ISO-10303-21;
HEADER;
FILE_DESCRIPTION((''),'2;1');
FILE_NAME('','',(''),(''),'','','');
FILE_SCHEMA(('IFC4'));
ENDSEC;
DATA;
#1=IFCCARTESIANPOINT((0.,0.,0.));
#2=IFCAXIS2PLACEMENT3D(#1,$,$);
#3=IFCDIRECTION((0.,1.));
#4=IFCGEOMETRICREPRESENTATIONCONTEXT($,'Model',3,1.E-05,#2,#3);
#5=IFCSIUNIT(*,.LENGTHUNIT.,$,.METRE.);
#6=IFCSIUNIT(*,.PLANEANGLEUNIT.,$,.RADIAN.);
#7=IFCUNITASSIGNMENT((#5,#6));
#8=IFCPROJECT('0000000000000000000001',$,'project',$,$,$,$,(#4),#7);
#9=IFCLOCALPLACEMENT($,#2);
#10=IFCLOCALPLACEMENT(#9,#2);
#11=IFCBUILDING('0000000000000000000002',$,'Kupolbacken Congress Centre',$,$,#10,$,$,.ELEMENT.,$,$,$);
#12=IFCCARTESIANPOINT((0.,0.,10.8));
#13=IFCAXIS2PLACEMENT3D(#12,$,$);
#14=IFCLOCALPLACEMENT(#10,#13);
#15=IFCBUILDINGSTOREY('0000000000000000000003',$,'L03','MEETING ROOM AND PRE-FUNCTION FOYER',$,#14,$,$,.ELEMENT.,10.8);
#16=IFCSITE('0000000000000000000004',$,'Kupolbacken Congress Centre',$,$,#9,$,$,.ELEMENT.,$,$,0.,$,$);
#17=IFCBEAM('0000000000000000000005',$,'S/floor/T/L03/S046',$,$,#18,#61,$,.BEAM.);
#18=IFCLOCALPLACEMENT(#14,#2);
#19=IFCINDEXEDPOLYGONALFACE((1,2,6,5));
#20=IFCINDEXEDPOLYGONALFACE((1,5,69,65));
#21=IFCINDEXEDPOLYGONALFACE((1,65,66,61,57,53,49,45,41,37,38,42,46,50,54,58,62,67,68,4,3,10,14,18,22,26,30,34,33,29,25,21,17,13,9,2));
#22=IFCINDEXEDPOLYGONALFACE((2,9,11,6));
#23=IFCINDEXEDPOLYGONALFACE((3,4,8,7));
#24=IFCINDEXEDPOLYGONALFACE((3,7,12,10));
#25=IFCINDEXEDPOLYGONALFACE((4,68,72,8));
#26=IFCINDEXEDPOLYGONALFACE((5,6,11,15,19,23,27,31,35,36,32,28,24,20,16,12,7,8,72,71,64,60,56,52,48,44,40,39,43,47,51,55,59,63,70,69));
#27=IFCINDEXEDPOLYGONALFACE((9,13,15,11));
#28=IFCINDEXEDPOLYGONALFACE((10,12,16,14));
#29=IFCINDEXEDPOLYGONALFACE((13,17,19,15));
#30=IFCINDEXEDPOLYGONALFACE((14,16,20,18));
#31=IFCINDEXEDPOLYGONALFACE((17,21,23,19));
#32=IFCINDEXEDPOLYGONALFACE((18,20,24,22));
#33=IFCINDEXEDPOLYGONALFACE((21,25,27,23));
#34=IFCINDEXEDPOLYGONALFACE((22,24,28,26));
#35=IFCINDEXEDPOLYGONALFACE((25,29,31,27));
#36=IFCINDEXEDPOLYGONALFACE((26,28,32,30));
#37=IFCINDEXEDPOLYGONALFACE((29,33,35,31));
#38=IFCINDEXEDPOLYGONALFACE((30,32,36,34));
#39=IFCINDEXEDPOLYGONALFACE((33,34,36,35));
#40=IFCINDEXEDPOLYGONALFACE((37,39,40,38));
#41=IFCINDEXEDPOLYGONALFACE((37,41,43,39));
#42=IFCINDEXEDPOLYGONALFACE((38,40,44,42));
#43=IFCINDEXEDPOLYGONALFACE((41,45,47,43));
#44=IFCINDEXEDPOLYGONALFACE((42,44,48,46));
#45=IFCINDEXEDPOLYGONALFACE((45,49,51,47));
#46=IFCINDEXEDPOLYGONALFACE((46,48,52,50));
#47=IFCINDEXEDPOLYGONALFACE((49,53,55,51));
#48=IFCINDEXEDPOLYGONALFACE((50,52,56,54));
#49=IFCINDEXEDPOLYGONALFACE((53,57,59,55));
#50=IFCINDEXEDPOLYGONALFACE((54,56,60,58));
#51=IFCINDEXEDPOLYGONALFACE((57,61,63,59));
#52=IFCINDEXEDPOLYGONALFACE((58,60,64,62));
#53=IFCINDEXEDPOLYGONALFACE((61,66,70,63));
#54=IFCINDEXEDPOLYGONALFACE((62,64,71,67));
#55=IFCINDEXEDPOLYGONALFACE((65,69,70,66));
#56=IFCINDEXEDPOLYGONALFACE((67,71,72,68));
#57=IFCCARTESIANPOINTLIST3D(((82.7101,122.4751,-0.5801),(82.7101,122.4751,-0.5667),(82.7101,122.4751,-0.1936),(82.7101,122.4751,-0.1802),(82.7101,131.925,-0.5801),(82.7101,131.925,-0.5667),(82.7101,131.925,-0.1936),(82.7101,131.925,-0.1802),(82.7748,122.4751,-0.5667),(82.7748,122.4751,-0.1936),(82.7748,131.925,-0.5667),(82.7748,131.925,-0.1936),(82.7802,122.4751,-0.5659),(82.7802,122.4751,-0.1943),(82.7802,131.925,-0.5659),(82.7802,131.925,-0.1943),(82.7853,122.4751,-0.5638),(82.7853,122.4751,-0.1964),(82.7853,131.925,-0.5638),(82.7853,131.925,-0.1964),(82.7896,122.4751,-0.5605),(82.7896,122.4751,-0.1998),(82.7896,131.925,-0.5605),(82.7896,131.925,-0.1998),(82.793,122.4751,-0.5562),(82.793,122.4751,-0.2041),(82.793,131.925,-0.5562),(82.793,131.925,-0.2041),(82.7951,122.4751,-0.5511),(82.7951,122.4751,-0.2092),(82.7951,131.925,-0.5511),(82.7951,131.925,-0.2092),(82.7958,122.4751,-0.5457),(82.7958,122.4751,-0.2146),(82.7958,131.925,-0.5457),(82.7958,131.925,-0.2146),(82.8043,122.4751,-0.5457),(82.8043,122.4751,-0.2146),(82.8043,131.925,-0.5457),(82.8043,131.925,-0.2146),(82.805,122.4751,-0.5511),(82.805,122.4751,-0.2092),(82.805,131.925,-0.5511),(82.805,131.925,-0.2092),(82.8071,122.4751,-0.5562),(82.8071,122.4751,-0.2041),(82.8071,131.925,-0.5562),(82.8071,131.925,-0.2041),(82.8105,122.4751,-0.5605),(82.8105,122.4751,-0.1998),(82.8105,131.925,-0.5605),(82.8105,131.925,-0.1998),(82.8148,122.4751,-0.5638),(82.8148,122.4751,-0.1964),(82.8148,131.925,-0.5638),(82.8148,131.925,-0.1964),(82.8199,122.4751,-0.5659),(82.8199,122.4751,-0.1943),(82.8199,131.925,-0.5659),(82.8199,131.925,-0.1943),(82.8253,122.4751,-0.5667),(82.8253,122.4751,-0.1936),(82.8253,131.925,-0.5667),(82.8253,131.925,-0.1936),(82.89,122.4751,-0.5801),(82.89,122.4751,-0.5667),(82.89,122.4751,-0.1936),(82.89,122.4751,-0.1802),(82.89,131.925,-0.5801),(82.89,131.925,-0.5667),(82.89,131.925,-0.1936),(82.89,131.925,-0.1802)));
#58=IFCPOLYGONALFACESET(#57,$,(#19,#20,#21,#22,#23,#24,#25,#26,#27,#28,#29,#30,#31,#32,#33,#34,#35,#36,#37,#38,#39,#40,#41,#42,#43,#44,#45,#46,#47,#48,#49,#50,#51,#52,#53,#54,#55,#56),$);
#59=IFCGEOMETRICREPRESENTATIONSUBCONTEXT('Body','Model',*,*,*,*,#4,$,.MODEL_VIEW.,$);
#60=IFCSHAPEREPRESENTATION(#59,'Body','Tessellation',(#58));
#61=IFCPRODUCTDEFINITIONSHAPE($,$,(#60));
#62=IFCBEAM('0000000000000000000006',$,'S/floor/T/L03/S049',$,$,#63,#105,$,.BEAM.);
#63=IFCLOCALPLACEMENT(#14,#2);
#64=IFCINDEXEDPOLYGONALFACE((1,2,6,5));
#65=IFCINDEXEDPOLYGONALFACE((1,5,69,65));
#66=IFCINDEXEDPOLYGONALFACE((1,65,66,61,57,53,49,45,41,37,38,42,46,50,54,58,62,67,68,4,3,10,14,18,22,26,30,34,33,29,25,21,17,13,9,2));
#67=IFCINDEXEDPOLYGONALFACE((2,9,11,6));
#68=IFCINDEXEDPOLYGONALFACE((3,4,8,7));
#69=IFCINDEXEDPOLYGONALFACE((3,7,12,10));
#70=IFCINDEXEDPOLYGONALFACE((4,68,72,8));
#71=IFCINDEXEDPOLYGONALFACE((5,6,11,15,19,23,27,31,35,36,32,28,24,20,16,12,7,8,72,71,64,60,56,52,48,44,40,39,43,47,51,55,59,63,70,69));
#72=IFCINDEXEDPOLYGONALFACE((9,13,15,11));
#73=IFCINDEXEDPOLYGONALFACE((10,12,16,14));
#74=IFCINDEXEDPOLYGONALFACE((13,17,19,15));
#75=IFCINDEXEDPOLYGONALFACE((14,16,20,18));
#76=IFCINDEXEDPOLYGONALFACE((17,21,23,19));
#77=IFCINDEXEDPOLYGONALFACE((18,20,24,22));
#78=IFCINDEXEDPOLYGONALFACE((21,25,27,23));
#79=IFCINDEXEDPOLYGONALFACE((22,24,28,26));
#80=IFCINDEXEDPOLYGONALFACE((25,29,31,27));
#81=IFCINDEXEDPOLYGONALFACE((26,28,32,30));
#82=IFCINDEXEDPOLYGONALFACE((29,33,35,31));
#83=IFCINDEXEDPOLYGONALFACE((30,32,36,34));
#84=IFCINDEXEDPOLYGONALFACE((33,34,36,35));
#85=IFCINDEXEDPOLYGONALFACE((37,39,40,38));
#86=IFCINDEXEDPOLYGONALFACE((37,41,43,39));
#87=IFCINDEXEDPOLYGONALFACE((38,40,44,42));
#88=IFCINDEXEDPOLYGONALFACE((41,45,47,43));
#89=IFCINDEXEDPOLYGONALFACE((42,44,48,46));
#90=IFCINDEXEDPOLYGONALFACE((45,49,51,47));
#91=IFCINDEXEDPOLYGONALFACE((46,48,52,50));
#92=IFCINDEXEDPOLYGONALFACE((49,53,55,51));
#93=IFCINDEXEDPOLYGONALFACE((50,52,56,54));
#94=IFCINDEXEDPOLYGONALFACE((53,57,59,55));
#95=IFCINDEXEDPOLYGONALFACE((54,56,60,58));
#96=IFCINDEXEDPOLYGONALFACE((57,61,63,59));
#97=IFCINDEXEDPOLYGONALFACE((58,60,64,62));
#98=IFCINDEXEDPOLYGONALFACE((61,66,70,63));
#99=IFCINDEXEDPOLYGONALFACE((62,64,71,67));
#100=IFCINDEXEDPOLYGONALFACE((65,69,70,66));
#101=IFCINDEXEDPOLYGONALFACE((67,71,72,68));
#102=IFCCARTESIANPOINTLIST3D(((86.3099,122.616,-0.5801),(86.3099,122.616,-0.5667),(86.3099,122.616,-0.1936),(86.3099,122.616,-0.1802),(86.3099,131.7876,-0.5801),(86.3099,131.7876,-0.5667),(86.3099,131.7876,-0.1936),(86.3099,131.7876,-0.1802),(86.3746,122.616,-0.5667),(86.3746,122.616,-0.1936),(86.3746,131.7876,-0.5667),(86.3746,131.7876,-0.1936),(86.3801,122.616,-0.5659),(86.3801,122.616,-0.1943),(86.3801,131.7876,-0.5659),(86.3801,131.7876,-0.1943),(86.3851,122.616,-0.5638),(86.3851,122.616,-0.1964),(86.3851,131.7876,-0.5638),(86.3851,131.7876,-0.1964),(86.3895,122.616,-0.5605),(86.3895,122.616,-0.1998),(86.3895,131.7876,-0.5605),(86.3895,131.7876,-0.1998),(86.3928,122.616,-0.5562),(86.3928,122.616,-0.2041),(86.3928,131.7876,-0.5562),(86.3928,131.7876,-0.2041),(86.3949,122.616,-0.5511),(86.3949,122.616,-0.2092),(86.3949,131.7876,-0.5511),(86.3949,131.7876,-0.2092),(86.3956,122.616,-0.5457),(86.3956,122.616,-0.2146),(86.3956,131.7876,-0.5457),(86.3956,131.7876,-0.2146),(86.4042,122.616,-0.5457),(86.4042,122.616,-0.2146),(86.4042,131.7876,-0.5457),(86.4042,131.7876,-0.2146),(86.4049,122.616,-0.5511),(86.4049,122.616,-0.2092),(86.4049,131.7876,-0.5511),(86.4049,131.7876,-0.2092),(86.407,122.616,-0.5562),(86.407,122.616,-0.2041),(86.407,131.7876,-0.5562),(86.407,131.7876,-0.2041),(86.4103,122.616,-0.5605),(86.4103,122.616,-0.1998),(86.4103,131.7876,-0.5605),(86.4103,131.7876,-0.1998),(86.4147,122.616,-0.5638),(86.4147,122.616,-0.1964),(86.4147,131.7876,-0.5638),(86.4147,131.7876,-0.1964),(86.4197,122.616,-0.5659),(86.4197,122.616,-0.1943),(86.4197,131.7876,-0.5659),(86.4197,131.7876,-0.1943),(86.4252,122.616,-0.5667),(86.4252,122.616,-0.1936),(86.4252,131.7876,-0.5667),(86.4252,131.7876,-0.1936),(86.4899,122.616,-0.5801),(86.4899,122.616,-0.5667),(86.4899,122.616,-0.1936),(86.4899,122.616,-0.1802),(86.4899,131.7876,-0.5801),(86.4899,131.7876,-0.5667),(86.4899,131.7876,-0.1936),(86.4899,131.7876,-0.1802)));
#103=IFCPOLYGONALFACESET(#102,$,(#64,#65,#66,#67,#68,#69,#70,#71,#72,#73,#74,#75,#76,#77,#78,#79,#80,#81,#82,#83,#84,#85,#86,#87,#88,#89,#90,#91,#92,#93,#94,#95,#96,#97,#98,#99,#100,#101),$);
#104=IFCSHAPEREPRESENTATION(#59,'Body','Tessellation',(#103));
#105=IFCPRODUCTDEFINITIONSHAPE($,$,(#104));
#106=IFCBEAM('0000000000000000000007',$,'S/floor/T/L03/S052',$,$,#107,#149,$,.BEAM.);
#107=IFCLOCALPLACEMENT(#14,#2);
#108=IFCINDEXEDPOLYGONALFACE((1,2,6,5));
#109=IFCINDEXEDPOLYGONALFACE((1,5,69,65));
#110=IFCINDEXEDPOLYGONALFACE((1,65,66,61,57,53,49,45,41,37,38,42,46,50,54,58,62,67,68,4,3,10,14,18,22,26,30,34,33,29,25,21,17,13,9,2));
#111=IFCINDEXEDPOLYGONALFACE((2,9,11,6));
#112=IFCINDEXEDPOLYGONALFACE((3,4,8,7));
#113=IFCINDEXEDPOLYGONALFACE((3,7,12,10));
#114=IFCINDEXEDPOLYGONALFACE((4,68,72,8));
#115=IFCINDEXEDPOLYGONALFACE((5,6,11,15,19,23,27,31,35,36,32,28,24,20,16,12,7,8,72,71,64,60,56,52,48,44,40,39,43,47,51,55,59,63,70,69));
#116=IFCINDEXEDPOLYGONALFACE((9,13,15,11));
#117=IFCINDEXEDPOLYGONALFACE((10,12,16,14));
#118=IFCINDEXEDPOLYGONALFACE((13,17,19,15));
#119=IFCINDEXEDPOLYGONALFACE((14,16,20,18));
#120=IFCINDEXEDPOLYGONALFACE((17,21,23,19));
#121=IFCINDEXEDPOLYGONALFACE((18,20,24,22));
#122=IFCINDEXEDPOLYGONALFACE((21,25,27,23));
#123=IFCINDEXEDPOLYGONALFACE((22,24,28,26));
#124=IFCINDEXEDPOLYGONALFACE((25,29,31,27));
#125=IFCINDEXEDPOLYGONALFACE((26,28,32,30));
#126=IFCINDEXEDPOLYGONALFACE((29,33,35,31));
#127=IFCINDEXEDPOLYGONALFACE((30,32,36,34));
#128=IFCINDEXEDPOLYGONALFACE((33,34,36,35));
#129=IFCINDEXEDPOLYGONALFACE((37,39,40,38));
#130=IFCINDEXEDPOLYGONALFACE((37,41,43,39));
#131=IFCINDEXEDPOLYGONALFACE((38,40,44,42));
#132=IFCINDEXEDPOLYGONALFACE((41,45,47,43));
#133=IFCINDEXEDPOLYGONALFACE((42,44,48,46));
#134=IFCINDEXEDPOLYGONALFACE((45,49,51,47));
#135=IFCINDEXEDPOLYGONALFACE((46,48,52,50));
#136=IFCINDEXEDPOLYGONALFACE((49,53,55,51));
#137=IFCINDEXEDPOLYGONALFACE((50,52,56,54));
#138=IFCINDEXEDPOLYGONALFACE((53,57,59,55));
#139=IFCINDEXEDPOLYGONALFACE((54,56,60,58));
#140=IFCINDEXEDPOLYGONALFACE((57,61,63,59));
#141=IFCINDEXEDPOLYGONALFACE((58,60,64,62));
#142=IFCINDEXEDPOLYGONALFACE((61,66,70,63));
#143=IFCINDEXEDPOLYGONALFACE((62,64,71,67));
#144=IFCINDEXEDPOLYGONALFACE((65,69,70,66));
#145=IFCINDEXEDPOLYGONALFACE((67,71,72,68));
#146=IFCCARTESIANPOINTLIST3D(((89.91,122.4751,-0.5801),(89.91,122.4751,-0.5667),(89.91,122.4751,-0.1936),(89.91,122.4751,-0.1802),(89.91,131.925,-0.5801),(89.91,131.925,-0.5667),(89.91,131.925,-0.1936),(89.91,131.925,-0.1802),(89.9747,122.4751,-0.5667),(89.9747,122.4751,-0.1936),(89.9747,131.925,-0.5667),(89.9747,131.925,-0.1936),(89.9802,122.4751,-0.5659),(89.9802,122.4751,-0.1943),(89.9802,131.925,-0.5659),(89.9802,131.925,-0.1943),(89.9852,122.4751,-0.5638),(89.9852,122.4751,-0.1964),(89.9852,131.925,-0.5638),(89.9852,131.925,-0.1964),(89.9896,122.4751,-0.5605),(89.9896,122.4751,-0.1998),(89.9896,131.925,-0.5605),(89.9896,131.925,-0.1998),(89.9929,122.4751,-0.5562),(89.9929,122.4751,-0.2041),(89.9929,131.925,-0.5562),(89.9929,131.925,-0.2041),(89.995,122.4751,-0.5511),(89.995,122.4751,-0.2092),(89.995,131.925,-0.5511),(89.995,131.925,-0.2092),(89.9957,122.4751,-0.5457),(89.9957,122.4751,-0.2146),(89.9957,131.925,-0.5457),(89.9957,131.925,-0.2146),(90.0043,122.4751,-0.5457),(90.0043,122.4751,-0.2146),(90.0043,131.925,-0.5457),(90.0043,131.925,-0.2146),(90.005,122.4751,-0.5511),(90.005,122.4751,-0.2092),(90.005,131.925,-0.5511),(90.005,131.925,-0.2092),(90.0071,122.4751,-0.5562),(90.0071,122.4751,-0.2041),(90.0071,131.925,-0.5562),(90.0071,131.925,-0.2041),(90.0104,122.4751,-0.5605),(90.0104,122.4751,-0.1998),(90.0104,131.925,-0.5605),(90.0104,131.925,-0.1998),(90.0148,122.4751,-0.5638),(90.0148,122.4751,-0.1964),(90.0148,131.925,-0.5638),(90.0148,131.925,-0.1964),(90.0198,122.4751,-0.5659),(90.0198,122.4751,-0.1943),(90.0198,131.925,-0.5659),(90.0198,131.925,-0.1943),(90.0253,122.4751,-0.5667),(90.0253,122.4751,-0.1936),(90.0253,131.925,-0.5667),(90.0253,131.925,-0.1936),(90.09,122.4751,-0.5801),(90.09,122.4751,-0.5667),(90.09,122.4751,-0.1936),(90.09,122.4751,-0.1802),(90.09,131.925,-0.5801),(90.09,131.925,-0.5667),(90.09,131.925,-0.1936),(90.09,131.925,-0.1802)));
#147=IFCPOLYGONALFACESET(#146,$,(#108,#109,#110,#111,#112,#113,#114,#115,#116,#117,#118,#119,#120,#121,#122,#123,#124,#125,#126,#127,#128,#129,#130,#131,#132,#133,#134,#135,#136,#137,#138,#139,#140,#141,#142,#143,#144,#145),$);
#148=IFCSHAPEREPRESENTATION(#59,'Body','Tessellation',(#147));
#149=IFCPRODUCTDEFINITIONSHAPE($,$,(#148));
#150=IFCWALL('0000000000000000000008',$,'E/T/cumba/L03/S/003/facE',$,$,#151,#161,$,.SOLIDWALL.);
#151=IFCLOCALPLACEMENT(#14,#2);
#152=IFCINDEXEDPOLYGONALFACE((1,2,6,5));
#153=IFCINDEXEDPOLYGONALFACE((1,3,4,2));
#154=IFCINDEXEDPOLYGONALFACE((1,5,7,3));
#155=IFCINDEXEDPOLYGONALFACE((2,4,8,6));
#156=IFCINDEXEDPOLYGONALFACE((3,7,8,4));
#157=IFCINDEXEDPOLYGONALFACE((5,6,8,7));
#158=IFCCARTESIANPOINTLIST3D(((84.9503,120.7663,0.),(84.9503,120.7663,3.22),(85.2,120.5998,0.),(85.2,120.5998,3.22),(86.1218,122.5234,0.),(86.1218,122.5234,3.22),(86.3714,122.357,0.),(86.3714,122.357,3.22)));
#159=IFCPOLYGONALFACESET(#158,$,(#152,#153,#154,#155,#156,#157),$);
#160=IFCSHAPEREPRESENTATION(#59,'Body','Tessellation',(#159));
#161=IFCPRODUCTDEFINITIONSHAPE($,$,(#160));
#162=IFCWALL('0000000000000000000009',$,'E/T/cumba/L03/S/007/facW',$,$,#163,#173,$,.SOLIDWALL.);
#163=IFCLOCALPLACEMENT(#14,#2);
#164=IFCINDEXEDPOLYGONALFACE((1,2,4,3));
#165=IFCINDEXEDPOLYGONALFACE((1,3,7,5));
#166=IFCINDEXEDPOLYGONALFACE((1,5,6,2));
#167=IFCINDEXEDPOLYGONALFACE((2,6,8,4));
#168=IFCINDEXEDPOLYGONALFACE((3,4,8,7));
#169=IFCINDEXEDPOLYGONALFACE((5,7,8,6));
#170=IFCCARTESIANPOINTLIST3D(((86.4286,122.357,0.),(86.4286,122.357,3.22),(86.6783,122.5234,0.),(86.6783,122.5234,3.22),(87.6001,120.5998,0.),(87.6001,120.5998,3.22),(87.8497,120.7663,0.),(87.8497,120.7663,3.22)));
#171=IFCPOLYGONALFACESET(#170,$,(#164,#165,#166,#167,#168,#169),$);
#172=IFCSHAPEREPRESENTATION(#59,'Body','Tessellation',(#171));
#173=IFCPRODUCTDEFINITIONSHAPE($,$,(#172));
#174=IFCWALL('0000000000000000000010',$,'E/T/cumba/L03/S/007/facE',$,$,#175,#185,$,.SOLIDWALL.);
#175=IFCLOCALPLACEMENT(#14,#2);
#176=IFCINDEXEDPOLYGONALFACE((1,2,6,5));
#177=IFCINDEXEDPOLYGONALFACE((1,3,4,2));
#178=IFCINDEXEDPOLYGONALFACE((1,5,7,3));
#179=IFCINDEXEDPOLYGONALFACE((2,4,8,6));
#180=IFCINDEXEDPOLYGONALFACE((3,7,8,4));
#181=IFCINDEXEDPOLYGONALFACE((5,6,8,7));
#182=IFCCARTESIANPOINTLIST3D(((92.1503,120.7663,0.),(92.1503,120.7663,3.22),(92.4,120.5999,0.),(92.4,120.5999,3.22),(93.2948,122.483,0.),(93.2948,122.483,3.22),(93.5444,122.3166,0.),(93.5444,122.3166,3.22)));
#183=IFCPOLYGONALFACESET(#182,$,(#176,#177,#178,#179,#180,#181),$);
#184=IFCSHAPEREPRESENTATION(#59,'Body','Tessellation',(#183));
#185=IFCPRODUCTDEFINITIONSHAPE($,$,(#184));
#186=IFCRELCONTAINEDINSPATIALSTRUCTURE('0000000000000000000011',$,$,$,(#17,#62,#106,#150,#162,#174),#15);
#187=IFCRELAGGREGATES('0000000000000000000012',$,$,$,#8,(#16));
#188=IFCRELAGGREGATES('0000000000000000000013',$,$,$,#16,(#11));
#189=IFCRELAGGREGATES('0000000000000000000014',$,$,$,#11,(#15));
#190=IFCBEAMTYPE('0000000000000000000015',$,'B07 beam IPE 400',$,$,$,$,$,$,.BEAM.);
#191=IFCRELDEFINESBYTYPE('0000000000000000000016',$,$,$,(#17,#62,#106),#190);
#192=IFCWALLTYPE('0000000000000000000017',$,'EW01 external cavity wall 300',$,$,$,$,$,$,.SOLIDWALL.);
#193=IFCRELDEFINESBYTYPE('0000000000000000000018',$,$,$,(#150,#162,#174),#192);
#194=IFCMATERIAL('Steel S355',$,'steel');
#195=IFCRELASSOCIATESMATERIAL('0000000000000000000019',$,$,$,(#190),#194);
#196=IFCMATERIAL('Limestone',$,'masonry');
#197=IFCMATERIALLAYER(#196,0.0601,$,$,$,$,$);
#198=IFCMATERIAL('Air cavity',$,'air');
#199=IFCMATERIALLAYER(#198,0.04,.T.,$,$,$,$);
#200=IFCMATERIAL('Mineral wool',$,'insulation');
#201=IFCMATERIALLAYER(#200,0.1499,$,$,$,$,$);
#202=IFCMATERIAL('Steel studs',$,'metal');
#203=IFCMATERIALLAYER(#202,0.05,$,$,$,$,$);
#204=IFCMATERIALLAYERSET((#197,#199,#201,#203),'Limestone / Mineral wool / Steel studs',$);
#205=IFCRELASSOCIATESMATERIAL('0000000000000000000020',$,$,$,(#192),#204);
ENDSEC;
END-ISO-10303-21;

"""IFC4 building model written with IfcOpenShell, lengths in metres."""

from ifc_helpers import new_model, si_unit, direction, frame, frame_2d, origin, origin_2d, place, context, subcontext, project, spatial, rectangle, i_section, extrude, material, layer, layer_set, material_profile, profile_set, type_object, element, save


model = new_model("IFC4")

# Units and contexts
model_context = context("Model", 3, precision=1e-05, world=origin(), true_north=direction((0.0, 1.0)))
body_context = subcontext(model_context, "Body", "Model", "MODEL_VIEW")
ifc_project = project(units=[si_unit("LENGTHUNIT", "METRE"), si_unit("PLANEANGLEUNIT", "RADIAN")], contexts=[model_context])

# Site, building, storey
site_placement = place(None, origin())
site = spatial("IfcSite", under=ifc_project, at=site_placement, Name="Kupolbacken Congress Centre", CompositionType="ELEMENT", RefElevation=0.0)
building_placement = place(site_placement, origin())
building = spatial("IfcBuilding", under=site, at=building_placement, Name="Kupolbacken Congress Centre", CompositionType="ELEMENT")
storey_placement = place(building_placement, frame((0.0, 0.0, 10.8)))
storey = spatial("IfcBuildingStorey", under=building, at=storey_placement, Name="L03", Description="MEETING ROOM AND PRE-FUNCTION FOYER", CompositionType="ELEMENT", Elevation=10.8)

# Beams
ifc_material_1 = material(Name="Steel S355", Category="steel")
ifc_material_profile_1 = material_profile(ifc_material_1, i_section(OverallWidth=0.1799, OverallDepth=0.3999, WebThickness=0.0085, FlangeThickness=0.0134, FilletRadius=0.021, at=origin_2d()), Name="IPE 400")
ifc_profile_set_1 = profile_set([ifc_material_profile_1], Name="Steel S355")
beam_type_1 = type_object("IfcBeamType", Name="B07 beam IPE 400", PredefinedType="BEAM", material=ifc_profile_set_1)
beam_1_placement = place(storey_placement, frame((82.8, 122.4751, -0.3801), z_axis=(0.0, 1.0, 0.0), x_axis=(-1.0, 0.0, 0.0)))
element("IfcBeam", 1, at=beam_1_placement, inside=storey, type_object=beam_type_1, Name="S/floor/T/L03/S046", PredefinedType="BEAM", context=body_context, shape_type="SweptSolid", body=[
    extrude(i_section(OverallWidth=0.1799, OverallDepth=0.3999, WebThickness=0.0085, FlangeThickness=0.0134, FilletRadius=0.021, at=origin_2d()), origin(), (0.0, 0.0, 1.0), 9.45),
])
beam_2_placement = place(storey_placement, frame((86.3999, 122.616, -0.3801), z_axis=(0.0, 1.0, 0.0), x_axis=(-1.0, 0.0, 0.0)))
element("IfcBeam", 2, at=beam_2_placement, inside=storey, type_object=beam_type_1, Name="S/floor/T/L03/S049", PredefinedType="BEAM", context=body_context, shape_type="SweptSolid", body=[
    extrude(i_section(OverallWidth=0.1799, OverallDepth=0.3999, WebThickness=0.0085, FlangeThickness=0.0134, FilletRadius=0.021, at=origin_2d()), origin(), (0.0, 0.0, 1.0), 9.1716),
])
beam_3_placement = place(storey_placement, frame((90.0, 122.4751, -0.3801), z_axis=(0.0, 1.0, 0.0), x_axis=(-1.0, 0.0, 0.0)))
element("IfcBeam", 3, at=beam_3_placement, inside=storey, type_object=beam_type_1, Name="S/floor/T/L03/S052", PredefinedType="BEAM", context=body_context, shape_type="SweptSolid", body=[
    extrude(i_section(OverallWidth=0.1799, OverallDepth=0.3999, WebThickness=0.0085, FlangeThickness=0.0134, FilletRadius=0.021, at=origin_2d()), origin(), (0.0, 0.0, 1.0), 9.45),
])

# Walls
ifc_material_2 = material(Name="Limestone", Category="masonry")
ifc_layer_1 = layer(ifc_material_2, 0.0601)
ifc_material_3 = material(Name="Air cavity", Category="air")
ifc_layer_2 = layer(ifc_material_3, 0.04, ventilated=True)
ifc_material_4 = material(Name="Mineral wool", Category="insulation")
ifc_layer_3 = layer(ifc_material_4, 0.1499)
ifc_material_5 = material(Name="Steel studs", Category="metal")
ifc_layer_4 = layer(ifc_material_5, 0.05)
ifc_layer_set_1 = layer_set([ifc_layer_1, ifc_layer_2, ifc_layer_3, ifc_layer_4], Name="Limestone / Mineral wool / Steel studs")
wall_type_1 = type_object("IfcWallType", Name="EW01 external cavity wall 300", PredefinedType="SOLIDWALL", material=ifc_layer_set_1)
for number, where, z_axis, x_axis, name in (
    (4, (86.2466, 122.4402, 0.0), (0.0, 0.0, 1.0), (-0.5547, -0.83205, 0.0), "E/T/cumba/L03/S/003/facE"),
    (5, (86.5535, 122.4402, 0.0), (0.0, 0.0, 1.0), (0.5547, -0.83205, 0.0), "E/T/cumba/L03/S/007/facW"),
):
    element("IfcWall", number, at=place(storey_placement, frame(where, z_axis=z_axis, x_axis=x_axis)), inside=storey, type_object=wall_type_1, Name=name, PredefinedType="SOLIDWALL", context=body_context, shape_type="SweptSolid", body=[
        extrude(rectangle(XDim=2.1118, YDim=0.3, at=frame_2d((1.0559, 0.0))), origin(), (0.0, 0.0, 1.0), 3.22),
    ])
wall_1_placement = place(storey_placement, frame((93.4197, 122.3999, 0.0), z_axis=(0.0, 0.0, 1.0), x_axis=(-0.5547, -0.83205, 0.0)))
element("IfcWall", 6, at=wall_1_placement, inside=storey, type_object=wall_type_1, Name="E/T/cumba/L03/S/007/facE", PredefinedType="SOLIDWALL", context=body_context, shape_type="SweptSolid", body=[
    extrude(rectangle(XDim=2.0632, YDim=0.3, at=frame_2d((1.0317, 0.0))), origin(), (0.0, 0.0, 1.0), 3.22),
])

save(model, "model.ifc")
